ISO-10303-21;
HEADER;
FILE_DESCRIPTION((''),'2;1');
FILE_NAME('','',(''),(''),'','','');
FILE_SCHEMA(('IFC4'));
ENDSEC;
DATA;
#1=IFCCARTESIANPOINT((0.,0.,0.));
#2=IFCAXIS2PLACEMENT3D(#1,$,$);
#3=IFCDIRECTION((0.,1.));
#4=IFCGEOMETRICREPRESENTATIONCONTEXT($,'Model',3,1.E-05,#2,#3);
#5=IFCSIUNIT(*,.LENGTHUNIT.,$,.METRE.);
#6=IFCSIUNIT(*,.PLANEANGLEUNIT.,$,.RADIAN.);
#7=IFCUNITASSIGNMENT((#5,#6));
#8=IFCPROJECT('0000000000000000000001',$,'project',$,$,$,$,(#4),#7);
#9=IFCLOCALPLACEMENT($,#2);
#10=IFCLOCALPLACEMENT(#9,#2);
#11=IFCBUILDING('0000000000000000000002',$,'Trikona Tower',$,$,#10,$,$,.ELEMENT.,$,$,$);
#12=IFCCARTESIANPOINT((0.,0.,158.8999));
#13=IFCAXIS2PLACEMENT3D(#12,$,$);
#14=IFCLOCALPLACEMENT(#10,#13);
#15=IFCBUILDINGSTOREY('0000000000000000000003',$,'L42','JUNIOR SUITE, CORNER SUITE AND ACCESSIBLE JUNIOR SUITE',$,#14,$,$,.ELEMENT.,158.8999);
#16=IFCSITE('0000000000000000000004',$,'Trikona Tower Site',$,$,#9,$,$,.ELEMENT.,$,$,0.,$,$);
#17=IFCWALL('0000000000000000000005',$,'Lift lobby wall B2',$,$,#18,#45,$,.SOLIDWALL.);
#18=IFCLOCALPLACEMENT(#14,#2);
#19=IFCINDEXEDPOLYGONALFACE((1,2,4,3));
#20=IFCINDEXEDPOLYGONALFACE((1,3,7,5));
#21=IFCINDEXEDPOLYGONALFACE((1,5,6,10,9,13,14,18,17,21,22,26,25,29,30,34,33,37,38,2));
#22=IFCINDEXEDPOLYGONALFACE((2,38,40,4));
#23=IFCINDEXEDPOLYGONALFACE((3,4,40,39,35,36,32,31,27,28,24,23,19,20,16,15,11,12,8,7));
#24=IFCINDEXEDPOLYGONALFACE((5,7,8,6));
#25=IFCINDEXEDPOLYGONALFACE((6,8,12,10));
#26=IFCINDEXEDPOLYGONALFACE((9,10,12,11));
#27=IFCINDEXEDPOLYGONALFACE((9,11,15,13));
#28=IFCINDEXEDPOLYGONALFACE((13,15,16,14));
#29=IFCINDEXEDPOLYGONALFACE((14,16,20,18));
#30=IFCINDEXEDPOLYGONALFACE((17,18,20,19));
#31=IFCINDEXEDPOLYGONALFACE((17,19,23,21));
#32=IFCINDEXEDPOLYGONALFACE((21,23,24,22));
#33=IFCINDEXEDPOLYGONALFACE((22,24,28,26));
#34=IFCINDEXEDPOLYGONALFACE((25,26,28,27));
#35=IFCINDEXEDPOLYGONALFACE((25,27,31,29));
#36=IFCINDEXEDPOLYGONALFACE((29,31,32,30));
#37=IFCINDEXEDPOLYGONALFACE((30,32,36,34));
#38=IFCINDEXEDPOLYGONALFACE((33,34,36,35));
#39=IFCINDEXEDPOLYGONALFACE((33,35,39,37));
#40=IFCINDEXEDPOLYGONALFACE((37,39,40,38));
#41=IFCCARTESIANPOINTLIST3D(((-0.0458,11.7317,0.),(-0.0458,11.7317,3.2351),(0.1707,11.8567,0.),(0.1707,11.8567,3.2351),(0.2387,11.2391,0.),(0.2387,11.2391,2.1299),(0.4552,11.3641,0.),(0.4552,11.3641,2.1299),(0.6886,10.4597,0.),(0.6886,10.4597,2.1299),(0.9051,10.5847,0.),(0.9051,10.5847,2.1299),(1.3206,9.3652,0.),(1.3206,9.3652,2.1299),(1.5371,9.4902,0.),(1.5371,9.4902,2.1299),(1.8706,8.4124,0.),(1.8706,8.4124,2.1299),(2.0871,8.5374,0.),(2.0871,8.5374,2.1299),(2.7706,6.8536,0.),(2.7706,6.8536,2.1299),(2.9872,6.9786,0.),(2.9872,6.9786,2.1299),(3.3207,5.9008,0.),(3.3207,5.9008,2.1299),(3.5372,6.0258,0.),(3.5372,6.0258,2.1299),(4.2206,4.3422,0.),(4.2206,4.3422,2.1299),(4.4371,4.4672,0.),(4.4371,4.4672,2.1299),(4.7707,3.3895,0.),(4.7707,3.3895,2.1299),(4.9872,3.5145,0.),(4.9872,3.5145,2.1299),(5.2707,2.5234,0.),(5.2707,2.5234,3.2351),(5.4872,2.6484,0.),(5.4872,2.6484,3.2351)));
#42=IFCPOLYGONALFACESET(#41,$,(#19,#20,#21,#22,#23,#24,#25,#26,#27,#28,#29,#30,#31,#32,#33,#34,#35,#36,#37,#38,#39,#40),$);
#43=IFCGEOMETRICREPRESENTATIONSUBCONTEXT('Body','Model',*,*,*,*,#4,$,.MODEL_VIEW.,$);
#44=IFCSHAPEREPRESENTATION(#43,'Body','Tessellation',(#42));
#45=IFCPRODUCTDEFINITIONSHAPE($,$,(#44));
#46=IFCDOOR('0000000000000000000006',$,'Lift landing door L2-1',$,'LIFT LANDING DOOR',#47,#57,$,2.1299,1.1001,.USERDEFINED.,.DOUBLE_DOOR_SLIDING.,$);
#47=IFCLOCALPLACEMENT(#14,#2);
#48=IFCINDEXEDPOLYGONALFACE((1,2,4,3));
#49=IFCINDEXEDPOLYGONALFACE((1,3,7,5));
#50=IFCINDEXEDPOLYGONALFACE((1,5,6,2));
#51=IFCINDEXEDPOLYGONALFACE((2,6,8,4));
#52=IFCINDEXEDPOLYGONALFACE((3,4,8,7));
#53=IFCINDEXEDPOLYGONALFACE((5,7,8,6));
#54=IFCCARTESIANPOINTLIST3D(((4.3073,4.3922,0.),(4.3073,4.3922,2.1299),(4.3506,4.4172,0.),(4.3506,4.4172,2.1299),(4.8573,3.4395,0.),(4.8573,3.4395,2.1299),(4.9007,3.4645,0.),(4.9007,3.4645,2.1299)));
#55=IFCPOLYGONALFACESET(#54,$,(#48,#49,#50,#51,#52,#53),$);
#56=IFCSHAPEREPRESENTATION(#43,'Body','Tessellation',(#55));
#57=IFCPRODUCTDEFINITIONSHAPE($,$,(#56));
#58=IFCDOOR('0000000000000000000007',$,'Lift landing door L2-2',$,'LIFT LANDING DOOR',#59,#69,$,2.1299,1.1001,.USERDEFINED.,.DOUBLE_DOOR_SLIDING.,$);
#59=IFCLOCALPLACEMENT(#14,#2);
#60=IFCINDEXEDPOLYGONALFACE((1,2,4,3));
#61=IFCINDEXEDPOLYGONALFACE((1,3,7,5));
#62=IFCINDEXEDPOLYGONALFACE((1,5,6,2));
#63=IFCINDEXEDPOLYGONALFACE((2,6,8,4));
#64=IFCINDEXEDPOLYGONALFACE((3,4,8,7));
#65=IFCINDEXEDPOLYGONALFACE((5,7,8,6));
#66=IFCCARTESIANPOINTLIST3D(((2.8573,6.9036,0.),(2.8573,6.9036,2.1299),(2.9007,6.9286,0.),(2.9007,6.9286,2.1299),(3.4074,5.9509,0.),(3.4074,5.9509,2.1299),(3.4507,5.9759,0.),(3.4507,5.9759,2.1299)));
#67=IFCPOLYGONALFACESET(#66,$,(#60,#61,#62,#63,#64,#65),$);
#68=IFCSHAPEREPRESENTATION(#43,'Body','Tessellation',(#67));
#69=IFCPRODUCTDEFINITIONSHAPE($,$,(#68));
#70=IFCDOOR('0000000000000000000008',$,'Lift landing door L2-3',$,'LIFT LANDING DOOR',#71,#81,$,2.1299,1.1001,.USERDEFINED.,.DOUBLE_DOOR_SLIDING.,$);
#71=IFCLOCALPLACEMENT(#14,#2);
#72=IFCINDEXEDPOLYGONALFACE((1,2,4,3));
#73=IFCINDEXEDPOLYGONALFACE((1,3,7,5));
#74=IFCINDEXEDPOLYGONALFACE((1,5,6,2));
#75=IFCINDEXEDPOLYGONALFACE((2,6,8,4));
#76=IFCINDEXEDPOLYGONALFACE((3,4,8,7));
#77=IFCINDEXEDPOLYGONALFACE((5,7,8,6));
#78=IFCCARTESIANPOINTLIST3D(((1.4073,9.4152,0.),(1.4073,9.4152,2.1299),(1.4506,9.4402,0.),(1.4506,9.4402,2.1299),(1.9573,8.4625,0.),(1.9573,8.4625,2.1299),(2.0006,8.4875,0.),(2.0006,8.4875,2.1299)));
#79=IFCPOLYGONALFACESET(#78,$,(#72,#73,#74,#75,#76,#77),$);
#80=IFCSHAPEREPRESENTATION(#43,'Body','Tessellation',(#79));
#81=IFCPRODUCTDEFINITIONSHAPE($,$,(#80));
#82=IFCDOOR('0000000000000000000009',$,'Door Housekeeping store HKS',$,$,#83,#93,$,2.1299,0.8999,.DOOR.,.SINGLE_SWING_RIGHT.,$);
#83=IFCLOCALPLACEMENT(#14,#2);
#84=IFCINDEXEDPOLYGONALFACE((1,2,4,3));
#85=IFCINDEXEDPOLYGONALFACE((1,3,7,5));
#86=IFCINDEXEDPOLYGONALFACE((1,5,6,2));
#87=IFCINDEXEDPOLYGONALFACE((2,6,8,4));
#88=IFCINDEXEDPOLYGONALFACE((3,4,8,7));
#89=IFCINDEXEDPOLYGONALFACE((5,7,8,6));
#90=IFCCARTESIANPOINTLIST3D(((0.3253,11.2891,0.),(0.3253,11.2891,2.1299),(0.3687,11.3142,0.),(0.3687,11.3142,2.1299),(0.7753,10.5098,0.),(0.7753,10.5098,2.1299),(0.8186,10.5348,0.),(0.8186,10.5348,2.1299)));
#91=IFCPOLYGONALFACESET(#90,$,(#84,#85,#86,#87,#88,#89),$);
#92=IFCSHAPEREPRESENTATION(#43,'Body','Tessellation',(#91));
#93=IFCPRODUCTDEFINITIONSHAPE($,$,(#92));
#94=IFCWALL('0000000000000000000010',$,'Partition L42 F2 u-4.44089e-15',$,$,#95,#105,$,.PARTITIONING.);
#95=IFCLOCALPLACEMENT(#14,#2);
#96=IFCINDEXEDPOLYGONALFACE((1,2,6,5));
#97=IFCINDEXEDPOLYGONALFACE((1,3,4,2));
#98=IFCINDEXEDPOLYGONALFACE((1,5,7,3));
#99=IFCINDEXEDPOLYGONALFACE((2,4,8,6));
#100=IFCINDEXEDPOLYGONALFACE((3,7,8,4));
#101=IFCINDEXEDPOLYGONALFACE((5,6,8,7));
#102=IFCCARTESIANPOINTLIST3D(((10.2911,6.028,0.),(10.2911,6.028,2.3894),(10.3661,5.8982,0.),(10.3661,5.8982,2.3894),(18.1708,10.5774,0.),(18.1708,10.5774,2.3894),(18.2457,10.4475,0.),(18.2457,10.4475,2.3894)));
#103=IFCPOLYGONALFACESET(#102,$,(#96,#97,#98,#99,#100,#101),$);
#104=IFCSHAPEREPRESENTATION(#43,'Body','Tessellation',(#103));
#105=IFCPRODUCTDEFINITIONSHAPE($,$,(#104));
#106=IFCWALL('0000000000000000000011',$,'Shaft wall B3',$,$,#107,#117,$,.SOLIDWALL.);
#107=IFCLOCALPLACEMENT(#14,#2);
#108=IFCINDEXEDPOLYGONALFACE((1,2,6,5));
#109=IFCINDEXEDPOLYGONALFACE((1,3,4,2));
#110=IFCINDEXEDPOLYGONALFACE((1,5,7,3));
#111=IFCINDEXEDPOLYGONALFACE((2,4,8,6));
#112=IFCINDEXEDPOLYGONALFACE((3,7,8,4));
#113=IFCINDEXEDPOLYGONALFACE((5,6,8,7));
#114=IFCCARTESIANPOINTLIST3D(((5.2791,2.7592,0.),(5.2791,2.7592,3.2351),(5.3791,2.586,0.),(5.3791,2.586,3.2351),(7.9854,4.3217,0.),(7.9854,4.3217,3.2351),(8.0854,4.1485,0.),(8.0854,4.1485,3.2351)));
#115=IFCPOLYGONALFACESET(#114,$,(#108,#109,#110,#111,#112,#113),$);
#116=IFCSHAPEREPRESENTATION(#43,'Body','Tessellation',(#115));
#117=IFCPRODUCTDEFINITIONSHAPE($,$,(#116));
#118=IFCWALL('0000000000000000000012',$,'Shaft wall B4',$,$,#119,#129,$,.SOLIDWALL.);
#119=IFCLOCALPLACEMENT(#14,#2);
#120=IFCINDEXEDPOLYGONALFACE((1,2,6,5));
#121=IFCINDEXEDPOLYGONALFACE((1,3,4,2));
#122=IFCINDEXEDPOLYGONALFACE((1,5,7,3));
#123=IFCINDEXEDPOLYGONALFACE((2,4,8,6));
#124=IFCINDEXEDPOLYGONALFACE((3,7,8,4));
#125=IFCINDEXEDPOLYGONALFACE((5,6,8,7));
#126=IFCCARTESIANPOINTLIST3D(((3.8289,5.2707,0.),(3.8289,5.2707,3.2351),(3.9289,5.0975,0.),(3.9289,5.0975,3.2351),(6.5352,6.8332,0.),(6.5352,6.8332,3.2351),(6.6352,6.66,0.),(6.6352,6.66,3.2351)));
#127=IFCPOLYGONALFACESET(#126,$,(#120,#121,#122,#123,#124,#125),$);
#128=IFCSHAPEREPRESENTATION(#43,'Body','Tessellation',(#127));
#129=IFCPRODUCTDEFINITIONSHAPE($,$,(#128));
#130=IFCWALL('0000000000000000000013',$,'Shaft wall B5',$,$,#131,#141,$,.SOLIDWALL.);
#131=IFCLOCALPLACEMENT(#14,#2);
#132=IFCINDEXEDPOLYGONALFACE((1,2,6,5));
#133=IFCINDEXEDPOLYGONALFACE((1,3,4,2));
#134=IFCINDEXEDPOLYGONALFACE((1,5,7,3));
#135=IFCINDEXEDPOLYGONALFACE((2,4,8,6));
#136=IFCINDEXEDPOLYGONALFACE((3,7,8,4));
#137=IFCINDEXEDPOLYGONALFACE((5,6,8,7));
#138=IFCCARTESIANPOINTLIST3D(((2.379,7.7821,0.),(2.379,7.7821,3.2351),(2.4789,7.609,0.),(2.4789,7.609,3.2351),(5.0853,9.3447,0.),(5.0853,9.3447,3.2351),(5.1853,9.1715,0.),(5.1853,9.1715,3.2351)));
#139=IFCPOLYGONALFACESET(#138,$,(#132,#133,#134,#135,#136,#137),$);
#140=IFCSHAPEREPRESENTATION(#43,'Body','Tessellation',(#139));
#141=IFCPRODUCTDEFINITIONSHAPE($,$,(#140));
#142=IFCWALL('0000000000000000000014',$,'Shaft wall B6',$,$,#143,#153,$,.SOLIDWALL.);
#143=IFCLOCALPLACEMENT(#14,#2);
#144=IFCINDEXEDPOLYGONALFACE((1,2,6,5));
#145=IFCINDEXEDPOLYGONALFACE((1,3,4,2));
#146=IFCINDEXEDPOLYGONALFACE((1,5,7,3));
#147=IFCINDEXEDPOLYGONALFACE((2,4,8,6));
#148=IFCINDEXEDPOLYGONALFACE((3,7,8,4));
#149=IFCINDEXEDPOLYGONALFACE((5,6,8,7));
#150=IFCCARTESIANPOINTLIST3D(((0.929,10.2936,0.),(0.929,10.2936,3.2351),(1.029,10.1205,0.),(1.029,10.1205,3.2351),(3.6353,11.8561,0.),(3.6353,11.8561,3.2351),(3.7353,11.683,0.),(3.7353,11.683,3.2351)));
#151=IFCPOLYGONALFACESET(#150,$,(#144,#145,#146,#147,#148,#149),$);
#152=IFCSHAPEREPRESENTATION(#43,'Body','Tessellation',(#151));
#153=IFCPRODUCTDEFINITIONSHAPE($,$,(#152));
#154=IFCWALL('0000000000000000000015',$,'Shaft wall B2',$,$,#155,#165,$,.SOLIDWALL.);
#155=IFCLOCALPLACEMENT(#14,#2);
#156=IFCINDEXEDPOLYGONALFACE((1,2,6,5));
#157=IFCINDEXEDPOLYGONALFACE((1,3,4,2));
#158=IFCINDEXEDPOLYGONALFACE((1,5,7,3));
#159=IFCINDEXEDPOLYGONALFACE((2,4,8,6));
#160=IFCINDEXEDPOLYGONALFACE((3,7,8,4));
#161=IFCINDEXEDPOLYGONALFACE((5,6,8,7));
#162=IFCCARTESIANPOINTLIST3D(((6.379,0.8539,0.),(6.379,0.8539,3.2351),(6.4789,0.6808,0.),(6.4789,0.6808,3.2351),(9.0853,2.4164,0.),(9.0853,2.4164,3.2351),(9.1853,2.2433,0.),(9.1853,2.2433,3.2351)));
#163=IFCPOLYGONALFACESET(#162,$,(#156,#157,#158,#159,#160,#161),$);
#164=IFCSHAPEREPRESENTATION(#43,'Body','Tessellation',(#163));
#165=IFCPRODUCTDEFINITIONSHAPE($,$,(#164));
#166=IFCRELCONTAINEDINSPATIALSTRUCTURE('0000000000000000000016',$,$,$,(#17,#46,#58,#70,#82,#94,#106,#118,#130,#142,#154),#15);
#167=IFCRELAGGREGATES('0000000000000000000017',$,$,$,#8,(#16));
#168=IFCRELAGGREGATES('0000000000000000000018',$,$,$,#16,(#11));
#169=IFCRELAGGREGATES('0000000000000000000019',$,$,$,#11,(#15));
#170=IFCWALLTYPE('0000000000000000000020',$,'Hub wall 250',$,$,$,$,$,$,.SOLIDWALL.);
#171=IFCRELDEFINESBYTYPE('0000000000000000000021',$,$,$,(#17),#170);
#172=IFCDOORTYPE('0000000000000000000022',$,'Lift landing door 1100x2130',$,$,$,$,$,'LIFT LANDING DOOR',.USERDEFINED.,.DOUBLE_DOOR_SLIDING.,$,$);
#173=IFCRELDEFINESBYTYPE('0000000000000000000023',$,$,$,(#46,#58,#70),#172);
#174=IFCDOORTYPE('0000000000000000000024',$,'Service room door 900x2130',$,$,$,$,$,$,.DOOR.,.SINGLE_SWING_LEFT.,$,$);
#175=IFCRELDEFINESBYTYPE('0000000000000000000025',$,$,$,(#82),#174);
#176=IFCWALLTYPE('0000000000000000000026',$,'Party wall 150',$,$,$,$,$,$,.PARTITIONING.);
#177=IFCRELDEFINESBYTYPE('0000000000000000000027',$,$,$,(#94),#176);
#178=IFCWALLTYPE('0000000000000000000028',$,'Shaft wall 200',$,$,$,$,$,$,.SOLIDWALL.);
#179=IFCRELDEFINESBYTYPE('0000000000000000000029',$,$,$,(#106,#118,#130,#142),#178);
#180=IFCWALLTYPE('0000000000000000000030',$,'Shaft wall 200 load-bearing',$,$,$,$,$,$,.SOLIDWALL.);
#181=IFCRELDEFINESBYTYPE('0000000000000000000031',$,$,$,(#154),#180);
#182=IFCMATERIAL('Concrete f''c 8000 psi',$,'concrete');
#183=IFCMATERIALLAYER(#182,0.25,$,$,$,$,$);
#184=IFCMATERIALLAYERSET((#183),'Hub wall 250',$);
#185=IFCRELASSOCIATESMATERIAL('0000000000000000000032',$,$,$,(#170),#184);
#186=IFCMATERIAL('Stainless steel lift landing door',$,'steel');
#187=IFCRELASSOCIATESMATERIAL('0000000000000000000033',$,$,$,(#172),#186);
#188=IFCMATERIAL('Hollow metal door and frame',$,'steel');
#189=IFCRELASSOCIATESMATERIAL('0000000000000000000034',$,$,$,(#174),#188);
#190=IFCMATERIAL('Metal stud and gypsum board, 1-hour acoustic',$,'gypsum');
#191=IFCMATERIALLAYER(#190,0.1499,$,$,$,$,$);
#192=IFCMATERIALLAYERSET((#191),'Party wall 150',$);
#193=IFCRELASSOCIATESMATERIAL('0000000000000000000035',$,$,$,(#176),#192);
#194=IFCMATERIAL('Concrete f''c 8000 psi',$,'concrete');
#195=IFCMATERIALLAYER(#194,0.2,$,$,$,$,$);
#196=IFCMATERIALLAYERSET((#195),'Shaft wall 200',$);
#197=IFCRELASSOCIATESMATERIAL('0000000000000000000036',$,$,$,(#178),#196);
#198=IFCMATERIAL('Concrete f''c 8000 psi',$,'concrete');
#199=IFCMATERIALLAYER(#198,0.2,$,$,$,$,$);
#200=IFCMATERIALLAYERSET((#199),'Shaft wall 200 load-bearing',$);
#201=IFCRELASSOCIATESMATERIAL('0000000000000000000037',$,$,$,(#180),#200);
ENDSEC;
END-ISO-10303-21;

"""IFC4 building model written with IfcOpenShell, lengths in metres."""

from ifc_helpers import new_model, si_unit, direction, frame, frame_2d, origin, place, context, subcontext, project, spatial, rectangle, extrude, material, layer, layer_set, type_object, element, fill, save


model = new_model("IFC4")

# Units and contexts
model_context = context("Model", 3, precision=1e-05, world=origin(), true_north=direction((0.0, 1.0)))
body_context = subcontext(model_context, "Body", "Model", "MODEL_VIEW")
ifc_project = project(units=[si_unit("LENGTHUNIT", "METRE"), si_unit("PLANEANGLEUNIT", "RADIAN")], contexts=[model_context])

# Site, building, storey
site_placement = place(None, origin())
site = spatial("IfcSite", under=ifc_project, at=site_placement, Name="Trikona Tower Site", CompositionType="ELEMENT", RefElevation=0.0)
building_placement = place(site_placement, origin())
building = spatial("IfcBuilding", under=site, at=building_placement, Name="Trikona Tower", CompositionType="ELEMENT")
storey_placement = place(building_placement, frame((0.0, 0.0, 158.8999)))
storey = spatial("IfcBuildingStorey", under=building, at=storey_placement, Name="L42", Description="JUNIOR SUITE, CORNER SUITE AND ACCESSIBLE JUNIOR SUITE", CompositionType="ELEMENT", Elevation=158.8999)

# Wall, openings, doors
ifc_material_1 = material(Name="Concrete f'c 8000 psi", Category="concrete")
ifc_layer_1 = layer(ifc_material_1, 0.25)
ifc_layer_set_1 = layer_set([ifc_layer_1], Name="Hub wall 250")
wall_type_1 = type_object("IfcWallType", Name="Hub wall 250", PredefinedType="SOLIDWALL", material=ifc_layer_set_1)
wall_1_placement = place(storey_placement, frame((5.3789, 2.5859, 0.0), z_axis=(0.0, 0.0, 1.0), x_axis=(-0.500001, 0.866025, 0.0)))
wall_1 = element("IfcWall", 1, at=wall_1_placement, inside=storey, type_object=wall_type_1, Name="Lift lobby wall B2", PredefinedType="SOLIDWALL", context=body_context, shape_type="SweptSolid", body=[
    extrude(rectangle(XDim=10.6328, YDim=0.25, at=frame_2d((5.3164, 0.0))), origin(), (0.0, 0.0, 1.0), 3.2351),
])
opening_1_placement = place(wall_1_placement, frame((9.1641, 0.0, 0.0)))
opening_1 = element("IfcOpeningElement", 2, at=opening_1_placement, cuts=wall_1, PredefinedType="OPENING", context=body_context, shape_type="SweptSolid", body=[
    extrude(rectangle(XDim=0.8999, YDim=2.1299, at=frame_2d((0.45, 1.0649))), frame((0.0, 0.135, 0.0), z_axis=(0.0, -1.0, 0.0), x_axis=(1.0, 0.0, 0.0)), (0.0, 0.0, 1.0), 0.27),
])
opening_2_placement = place(wall_1_placement, frame((1.0, 0.0, 0.0)))
opening_2 = element("IfcOpeningElement", 3, at=opening_2_placement, cuts=wall_1, PredefinedType="OPENING", context=body_context, shape_type="SweptSolid", body=[
    extrude(rectangle(XDim=1.1001, YDim=2.1299, at=frame_2d((0.55, 1.0649))), frame((0.0, 0.135, 0.0), z_axis=(0.0, -1.0, 0.0), x_axis=(1.0, 0.0, 0.0)), (0.0, 0.0, 1.0), 0.27),
])
opening_3_placement = place(wall_1_placement, frame((3.8999, 0.0, 0.0)))
opening_3 = element("IfcOpeningElement", 4, at=opening_3_placement, cuts=wall_1, PredefinedType="OPENING", context=body_context, shape_type="SweptSolid", body=[
    extrude(rectangle(XDim=1.1001, YDim=2.1299, at=frame_2d((0.55, 1.0649))), frame((0.0, 0.135, 0.0), z_axis=(0.0, -1.0, 0.0), x_axis=(1.0, 0.0, 0.0)), (0.0, 0.0, 1.0), 0.27),
])
opening_4_placement = place(wall_1_placement, frame((6.8, 0.0, 0.0)))
opening_4 = element("IfcOpeningElement", 5, at=opening_4_placement, cuts=wall_1, PredefinedType="OPENING", context=body_context, shape_type="SweptSolid", body=[
    extrude(rectangle(XDim=1.1001, YDim=2.1299, at=frame_2d((0.55, 1.0649))), frame((0.0, 0.135, 0.0), z_axis=(0.0, -1.0, 0.0), x_axis=(1.0, 0.0, 0.0)), (0.0, 0.0, 1.0), 0.27),
])
ifc_material_2 = material(Name="Stainless steel lift landing door", Category="steel")
door_type_1 = type_object("IfcDoorType", Name="Lift landing door 1100x2130", ElementType="LIFT LANDING DOOR", OperationType="DOUBLE_DOOR_SLIDING", PredefinedType="USERDEFINED", material=ifc_material_2)
door_1_placement = place(opening_2_placement, origin())
door_1 = element("IfcDoor", 6, at=door_1_placement, inside=storey, type_object=door_type_1, Name="Lift landing door L2-1", ObjectType="LIFT LANDING DOOR", OperationType="DOUBLE_DOOR_SLIDING", OverallHeight=2.1299, OverallWidth=1.1001, PredefinedType="USERDEFINED", context=body_context, shape_type="SweptSolid", body=[
    extrude(rectangle(XDim=1.1001, YDim=2.1299, at=frame_2d((0.55, 1.0649))), frame((0.0, 0.0249, 0.0), z_axis=(0.0, -1.0, 0.0), x_axis=(1.0, 0.0, 0.0)), (0.0, 0.0, 1.0), 0.05),
])
fill(opening_2, door_1)
door_2_placement = place(opening_3_placement, origin())
door_2 = element("IfcDoor", 7, at=door_2_placement, inside=storey, type_object=door_type_1, Name="Lift landing door L2-2", ObjectType="LIFT LANDING DOOR", OperationType="DOUBLE_DOOR_SLIDING", OverallHeight=2.1299, OverallWidth=1.1001, PredefinedType="USERDEFINED", context=body_context, shape_type="SweptSolid", body=[
    extrude(rectangle(XDim=1.1001, YDim=2.1299, at=frame_2d((0.55, 1.0649))), frame((0.0, 0.0249, 0.0), z_axis=(0.0, -1.0, 0.0), x_axis=(1.0, 0.0, 0.0)), (0.0, 0.0, 1.0), 0.05),
])
fill(opening_3, door_2)
door_3_placement = place(opening_4_placement, origin())
door_3 = element("IfcDoor", 8, at=door_3_placement, inside=storey, type_object=door_type_1, Name="Lift landing door L2-3", ObjectType="LIFT LANDING DOOR", OperationType="DOUBLE_DOOR_SLIDING", OverallHeight=2.1299, OverallWidth=1.1001, PredefinedType="USERDEFINED", context=body_context, shape_type="SweptSolid", body=[
    extrude(rectangle(XDim=1.1001, YDim=2.1299, at=frame_2d((0.55, 1.0649))), frame((0.0, 0.0249, 0.0), z_axis=(0.0, -1.0, 0.0), x_axis=(1.0, 0.0, 0.0)), (0.0, 0.0, 1.0), 0.05),
])
fill(opening_4, door_3)
ifc_material_3 = material(Name="Hollow metal door and frame", Category="steel")
door_type_2 = type_object("IfcDoorType", Name="Service room door 900x2130", OperationType="SINGLE_SWING_LEFT", PredefinedType="DOOR", material=ifc_material_3)
door_4_placement = place(opening_1_placement, origin())
door_4 = element("IfcDoor", 9, at=door_4_placement, inside=storey, type_object=door_type_2, Name="Door Housekeeping store HKS", OperationType="SINGLE_SWING_RIGHT", OverallHeight=2.1299, OverallWidth=0.8999, PredefinedType="DOOR", context=body_context, shape_type="SweptSolid", body=[
    extrude(rectangle(XDim=0.8999, YDim=2.1299, at=frame_2d((0.45, 1.0649))), frame((0.0, 0.0249, 0.0), z_axis=(0.0, -1.0, 0.0), x_axis=(1.0, 0.0, 0.0)), (0.0, 0.0, 1.0), 0.05),
])
fill(opening_1, door_4)

# Walls
ifc_material_4 = material(Name="Metal stud and gypsum board, 1-hour acoustic", Category="gypsum")
ifc_layer_2 = layer(ifc_material_4, 0.1499)
ifc_layer_set_2 = layer_set([ifc_layer_2], Name="Party wall 150")
wall_type_2 = type_object("IfcWallType", Name="Party wall 150", PredefinedType="PARTITIONING", material=ifc_layer_set_2)
wall_2_placement = place(storey_placement, frame((10.3286, 5.9631, 0.0), z_axis=(0.0, 0.0, 1.0), x_axis=(0.866025, 0.5, 0.0)))
element("IfcWall", 10, at=wall_2_placement, inside=storey, type_object=wall_type_2, Name="Partition L42 F2 u-4.44089e-15", PredefinedType="PARTITIONING", context=body_context, shape_type="SweptSolid", body=[
    extrude(rectangle(XDim=9.0986, YDim=0.1499, at=frame_2d((4.5493, 0.0))), origin(), (0.0, 0.0, 1.0), 2.3894),
])
ifc_material_5 = material(Name="Concrete f'c 8000 psi", Category="concrete")
ifc_layer_3 = layer(ifc_material_5, 0.2)
ifc_layer_set_3 = layer_set([ifc_layer_3], Name="Shaft wall 200")
wall_type_3 = type_object("IfcWallType", Name="Shaft wall 200", PredefinedType="SOLIDWALL", material=ifc_layer_set_3)
for number, where, z_axis, x_axis, name in (
    (11, (5.3291, 2.6726, 0.0), (0.0, 0.0, 1.0), (0.866023, 0.500004, 0.0), "Shaft wall B3"),
    (12, (3.8789, 5.1841, 0.0), (0.0, 0.0, 1.0), (0.866023, 0.500004, 0.0), "Shaft wall B4"),
    (13, (2.429, 7.6956, 0.0), (0.0, 0.0, 1.0), (0.866023, 0.500004, 0.0), "Shaft wall B5"),
    (14, (0.979, 10.207, 0.0), (0.0, 0.0, 1.0), (0.866023, 0.500004, 0.0), "Shaft wall B6"),
):
    element("IfcWall", number, at=place(storey_placement, frame(where, z_axis=z_axis, x_axis=x_axis)), inside=storey, type_object=wall_type_3, Name=name, PredefinedType="SOLIDWALL", context=body_context, shape_type="SweptSolid", body=[
        extrude(rectangle(XDim=3.125, YDim=0.2, at=frame_2d((1.5625, 0.0))), origin(), (0.0, 0.0, 1.0), 3.2351),
    ])
ifc_material_6 = material(Name="Concrete f'c 8000 psi", Category="concrete")
ifc_layer_4 = layer(ifc_material_6, 0.2)
ifc_layer_set_4 = layer_set([ifc_layer_4], Name="Shaft wall 200 load-bearing")
wall_type_4 = type_object("IfcWallType", Name="Shaft wall 200 load-bearing", PredefinedType="SOLIDWALL", material=ifc_layer_set_4)
wall_3_placement = place(storey_placement, frame((6.429, 0.7673, 0.0), z_axis=(0.0, 0.0, 1.0), x_axis=(0.866023, 0.500004, 0.0)))
element("IfcWall", 15, at=wall_3_placement, inside=storey, type_object=wall_type_4, Name="Shaft wall B2", PredefinedType="SOLIDWALL", context=body_context, shape_type="SweptSolid", body=[
    extrude(rectangle(XDim=3.125, YDim=0.2, at=frame_2d((1.5625, 0.0))), origin(), (0.0, 0.0, 1.0), 3.2351),
])

save(model, "model.ifc")
